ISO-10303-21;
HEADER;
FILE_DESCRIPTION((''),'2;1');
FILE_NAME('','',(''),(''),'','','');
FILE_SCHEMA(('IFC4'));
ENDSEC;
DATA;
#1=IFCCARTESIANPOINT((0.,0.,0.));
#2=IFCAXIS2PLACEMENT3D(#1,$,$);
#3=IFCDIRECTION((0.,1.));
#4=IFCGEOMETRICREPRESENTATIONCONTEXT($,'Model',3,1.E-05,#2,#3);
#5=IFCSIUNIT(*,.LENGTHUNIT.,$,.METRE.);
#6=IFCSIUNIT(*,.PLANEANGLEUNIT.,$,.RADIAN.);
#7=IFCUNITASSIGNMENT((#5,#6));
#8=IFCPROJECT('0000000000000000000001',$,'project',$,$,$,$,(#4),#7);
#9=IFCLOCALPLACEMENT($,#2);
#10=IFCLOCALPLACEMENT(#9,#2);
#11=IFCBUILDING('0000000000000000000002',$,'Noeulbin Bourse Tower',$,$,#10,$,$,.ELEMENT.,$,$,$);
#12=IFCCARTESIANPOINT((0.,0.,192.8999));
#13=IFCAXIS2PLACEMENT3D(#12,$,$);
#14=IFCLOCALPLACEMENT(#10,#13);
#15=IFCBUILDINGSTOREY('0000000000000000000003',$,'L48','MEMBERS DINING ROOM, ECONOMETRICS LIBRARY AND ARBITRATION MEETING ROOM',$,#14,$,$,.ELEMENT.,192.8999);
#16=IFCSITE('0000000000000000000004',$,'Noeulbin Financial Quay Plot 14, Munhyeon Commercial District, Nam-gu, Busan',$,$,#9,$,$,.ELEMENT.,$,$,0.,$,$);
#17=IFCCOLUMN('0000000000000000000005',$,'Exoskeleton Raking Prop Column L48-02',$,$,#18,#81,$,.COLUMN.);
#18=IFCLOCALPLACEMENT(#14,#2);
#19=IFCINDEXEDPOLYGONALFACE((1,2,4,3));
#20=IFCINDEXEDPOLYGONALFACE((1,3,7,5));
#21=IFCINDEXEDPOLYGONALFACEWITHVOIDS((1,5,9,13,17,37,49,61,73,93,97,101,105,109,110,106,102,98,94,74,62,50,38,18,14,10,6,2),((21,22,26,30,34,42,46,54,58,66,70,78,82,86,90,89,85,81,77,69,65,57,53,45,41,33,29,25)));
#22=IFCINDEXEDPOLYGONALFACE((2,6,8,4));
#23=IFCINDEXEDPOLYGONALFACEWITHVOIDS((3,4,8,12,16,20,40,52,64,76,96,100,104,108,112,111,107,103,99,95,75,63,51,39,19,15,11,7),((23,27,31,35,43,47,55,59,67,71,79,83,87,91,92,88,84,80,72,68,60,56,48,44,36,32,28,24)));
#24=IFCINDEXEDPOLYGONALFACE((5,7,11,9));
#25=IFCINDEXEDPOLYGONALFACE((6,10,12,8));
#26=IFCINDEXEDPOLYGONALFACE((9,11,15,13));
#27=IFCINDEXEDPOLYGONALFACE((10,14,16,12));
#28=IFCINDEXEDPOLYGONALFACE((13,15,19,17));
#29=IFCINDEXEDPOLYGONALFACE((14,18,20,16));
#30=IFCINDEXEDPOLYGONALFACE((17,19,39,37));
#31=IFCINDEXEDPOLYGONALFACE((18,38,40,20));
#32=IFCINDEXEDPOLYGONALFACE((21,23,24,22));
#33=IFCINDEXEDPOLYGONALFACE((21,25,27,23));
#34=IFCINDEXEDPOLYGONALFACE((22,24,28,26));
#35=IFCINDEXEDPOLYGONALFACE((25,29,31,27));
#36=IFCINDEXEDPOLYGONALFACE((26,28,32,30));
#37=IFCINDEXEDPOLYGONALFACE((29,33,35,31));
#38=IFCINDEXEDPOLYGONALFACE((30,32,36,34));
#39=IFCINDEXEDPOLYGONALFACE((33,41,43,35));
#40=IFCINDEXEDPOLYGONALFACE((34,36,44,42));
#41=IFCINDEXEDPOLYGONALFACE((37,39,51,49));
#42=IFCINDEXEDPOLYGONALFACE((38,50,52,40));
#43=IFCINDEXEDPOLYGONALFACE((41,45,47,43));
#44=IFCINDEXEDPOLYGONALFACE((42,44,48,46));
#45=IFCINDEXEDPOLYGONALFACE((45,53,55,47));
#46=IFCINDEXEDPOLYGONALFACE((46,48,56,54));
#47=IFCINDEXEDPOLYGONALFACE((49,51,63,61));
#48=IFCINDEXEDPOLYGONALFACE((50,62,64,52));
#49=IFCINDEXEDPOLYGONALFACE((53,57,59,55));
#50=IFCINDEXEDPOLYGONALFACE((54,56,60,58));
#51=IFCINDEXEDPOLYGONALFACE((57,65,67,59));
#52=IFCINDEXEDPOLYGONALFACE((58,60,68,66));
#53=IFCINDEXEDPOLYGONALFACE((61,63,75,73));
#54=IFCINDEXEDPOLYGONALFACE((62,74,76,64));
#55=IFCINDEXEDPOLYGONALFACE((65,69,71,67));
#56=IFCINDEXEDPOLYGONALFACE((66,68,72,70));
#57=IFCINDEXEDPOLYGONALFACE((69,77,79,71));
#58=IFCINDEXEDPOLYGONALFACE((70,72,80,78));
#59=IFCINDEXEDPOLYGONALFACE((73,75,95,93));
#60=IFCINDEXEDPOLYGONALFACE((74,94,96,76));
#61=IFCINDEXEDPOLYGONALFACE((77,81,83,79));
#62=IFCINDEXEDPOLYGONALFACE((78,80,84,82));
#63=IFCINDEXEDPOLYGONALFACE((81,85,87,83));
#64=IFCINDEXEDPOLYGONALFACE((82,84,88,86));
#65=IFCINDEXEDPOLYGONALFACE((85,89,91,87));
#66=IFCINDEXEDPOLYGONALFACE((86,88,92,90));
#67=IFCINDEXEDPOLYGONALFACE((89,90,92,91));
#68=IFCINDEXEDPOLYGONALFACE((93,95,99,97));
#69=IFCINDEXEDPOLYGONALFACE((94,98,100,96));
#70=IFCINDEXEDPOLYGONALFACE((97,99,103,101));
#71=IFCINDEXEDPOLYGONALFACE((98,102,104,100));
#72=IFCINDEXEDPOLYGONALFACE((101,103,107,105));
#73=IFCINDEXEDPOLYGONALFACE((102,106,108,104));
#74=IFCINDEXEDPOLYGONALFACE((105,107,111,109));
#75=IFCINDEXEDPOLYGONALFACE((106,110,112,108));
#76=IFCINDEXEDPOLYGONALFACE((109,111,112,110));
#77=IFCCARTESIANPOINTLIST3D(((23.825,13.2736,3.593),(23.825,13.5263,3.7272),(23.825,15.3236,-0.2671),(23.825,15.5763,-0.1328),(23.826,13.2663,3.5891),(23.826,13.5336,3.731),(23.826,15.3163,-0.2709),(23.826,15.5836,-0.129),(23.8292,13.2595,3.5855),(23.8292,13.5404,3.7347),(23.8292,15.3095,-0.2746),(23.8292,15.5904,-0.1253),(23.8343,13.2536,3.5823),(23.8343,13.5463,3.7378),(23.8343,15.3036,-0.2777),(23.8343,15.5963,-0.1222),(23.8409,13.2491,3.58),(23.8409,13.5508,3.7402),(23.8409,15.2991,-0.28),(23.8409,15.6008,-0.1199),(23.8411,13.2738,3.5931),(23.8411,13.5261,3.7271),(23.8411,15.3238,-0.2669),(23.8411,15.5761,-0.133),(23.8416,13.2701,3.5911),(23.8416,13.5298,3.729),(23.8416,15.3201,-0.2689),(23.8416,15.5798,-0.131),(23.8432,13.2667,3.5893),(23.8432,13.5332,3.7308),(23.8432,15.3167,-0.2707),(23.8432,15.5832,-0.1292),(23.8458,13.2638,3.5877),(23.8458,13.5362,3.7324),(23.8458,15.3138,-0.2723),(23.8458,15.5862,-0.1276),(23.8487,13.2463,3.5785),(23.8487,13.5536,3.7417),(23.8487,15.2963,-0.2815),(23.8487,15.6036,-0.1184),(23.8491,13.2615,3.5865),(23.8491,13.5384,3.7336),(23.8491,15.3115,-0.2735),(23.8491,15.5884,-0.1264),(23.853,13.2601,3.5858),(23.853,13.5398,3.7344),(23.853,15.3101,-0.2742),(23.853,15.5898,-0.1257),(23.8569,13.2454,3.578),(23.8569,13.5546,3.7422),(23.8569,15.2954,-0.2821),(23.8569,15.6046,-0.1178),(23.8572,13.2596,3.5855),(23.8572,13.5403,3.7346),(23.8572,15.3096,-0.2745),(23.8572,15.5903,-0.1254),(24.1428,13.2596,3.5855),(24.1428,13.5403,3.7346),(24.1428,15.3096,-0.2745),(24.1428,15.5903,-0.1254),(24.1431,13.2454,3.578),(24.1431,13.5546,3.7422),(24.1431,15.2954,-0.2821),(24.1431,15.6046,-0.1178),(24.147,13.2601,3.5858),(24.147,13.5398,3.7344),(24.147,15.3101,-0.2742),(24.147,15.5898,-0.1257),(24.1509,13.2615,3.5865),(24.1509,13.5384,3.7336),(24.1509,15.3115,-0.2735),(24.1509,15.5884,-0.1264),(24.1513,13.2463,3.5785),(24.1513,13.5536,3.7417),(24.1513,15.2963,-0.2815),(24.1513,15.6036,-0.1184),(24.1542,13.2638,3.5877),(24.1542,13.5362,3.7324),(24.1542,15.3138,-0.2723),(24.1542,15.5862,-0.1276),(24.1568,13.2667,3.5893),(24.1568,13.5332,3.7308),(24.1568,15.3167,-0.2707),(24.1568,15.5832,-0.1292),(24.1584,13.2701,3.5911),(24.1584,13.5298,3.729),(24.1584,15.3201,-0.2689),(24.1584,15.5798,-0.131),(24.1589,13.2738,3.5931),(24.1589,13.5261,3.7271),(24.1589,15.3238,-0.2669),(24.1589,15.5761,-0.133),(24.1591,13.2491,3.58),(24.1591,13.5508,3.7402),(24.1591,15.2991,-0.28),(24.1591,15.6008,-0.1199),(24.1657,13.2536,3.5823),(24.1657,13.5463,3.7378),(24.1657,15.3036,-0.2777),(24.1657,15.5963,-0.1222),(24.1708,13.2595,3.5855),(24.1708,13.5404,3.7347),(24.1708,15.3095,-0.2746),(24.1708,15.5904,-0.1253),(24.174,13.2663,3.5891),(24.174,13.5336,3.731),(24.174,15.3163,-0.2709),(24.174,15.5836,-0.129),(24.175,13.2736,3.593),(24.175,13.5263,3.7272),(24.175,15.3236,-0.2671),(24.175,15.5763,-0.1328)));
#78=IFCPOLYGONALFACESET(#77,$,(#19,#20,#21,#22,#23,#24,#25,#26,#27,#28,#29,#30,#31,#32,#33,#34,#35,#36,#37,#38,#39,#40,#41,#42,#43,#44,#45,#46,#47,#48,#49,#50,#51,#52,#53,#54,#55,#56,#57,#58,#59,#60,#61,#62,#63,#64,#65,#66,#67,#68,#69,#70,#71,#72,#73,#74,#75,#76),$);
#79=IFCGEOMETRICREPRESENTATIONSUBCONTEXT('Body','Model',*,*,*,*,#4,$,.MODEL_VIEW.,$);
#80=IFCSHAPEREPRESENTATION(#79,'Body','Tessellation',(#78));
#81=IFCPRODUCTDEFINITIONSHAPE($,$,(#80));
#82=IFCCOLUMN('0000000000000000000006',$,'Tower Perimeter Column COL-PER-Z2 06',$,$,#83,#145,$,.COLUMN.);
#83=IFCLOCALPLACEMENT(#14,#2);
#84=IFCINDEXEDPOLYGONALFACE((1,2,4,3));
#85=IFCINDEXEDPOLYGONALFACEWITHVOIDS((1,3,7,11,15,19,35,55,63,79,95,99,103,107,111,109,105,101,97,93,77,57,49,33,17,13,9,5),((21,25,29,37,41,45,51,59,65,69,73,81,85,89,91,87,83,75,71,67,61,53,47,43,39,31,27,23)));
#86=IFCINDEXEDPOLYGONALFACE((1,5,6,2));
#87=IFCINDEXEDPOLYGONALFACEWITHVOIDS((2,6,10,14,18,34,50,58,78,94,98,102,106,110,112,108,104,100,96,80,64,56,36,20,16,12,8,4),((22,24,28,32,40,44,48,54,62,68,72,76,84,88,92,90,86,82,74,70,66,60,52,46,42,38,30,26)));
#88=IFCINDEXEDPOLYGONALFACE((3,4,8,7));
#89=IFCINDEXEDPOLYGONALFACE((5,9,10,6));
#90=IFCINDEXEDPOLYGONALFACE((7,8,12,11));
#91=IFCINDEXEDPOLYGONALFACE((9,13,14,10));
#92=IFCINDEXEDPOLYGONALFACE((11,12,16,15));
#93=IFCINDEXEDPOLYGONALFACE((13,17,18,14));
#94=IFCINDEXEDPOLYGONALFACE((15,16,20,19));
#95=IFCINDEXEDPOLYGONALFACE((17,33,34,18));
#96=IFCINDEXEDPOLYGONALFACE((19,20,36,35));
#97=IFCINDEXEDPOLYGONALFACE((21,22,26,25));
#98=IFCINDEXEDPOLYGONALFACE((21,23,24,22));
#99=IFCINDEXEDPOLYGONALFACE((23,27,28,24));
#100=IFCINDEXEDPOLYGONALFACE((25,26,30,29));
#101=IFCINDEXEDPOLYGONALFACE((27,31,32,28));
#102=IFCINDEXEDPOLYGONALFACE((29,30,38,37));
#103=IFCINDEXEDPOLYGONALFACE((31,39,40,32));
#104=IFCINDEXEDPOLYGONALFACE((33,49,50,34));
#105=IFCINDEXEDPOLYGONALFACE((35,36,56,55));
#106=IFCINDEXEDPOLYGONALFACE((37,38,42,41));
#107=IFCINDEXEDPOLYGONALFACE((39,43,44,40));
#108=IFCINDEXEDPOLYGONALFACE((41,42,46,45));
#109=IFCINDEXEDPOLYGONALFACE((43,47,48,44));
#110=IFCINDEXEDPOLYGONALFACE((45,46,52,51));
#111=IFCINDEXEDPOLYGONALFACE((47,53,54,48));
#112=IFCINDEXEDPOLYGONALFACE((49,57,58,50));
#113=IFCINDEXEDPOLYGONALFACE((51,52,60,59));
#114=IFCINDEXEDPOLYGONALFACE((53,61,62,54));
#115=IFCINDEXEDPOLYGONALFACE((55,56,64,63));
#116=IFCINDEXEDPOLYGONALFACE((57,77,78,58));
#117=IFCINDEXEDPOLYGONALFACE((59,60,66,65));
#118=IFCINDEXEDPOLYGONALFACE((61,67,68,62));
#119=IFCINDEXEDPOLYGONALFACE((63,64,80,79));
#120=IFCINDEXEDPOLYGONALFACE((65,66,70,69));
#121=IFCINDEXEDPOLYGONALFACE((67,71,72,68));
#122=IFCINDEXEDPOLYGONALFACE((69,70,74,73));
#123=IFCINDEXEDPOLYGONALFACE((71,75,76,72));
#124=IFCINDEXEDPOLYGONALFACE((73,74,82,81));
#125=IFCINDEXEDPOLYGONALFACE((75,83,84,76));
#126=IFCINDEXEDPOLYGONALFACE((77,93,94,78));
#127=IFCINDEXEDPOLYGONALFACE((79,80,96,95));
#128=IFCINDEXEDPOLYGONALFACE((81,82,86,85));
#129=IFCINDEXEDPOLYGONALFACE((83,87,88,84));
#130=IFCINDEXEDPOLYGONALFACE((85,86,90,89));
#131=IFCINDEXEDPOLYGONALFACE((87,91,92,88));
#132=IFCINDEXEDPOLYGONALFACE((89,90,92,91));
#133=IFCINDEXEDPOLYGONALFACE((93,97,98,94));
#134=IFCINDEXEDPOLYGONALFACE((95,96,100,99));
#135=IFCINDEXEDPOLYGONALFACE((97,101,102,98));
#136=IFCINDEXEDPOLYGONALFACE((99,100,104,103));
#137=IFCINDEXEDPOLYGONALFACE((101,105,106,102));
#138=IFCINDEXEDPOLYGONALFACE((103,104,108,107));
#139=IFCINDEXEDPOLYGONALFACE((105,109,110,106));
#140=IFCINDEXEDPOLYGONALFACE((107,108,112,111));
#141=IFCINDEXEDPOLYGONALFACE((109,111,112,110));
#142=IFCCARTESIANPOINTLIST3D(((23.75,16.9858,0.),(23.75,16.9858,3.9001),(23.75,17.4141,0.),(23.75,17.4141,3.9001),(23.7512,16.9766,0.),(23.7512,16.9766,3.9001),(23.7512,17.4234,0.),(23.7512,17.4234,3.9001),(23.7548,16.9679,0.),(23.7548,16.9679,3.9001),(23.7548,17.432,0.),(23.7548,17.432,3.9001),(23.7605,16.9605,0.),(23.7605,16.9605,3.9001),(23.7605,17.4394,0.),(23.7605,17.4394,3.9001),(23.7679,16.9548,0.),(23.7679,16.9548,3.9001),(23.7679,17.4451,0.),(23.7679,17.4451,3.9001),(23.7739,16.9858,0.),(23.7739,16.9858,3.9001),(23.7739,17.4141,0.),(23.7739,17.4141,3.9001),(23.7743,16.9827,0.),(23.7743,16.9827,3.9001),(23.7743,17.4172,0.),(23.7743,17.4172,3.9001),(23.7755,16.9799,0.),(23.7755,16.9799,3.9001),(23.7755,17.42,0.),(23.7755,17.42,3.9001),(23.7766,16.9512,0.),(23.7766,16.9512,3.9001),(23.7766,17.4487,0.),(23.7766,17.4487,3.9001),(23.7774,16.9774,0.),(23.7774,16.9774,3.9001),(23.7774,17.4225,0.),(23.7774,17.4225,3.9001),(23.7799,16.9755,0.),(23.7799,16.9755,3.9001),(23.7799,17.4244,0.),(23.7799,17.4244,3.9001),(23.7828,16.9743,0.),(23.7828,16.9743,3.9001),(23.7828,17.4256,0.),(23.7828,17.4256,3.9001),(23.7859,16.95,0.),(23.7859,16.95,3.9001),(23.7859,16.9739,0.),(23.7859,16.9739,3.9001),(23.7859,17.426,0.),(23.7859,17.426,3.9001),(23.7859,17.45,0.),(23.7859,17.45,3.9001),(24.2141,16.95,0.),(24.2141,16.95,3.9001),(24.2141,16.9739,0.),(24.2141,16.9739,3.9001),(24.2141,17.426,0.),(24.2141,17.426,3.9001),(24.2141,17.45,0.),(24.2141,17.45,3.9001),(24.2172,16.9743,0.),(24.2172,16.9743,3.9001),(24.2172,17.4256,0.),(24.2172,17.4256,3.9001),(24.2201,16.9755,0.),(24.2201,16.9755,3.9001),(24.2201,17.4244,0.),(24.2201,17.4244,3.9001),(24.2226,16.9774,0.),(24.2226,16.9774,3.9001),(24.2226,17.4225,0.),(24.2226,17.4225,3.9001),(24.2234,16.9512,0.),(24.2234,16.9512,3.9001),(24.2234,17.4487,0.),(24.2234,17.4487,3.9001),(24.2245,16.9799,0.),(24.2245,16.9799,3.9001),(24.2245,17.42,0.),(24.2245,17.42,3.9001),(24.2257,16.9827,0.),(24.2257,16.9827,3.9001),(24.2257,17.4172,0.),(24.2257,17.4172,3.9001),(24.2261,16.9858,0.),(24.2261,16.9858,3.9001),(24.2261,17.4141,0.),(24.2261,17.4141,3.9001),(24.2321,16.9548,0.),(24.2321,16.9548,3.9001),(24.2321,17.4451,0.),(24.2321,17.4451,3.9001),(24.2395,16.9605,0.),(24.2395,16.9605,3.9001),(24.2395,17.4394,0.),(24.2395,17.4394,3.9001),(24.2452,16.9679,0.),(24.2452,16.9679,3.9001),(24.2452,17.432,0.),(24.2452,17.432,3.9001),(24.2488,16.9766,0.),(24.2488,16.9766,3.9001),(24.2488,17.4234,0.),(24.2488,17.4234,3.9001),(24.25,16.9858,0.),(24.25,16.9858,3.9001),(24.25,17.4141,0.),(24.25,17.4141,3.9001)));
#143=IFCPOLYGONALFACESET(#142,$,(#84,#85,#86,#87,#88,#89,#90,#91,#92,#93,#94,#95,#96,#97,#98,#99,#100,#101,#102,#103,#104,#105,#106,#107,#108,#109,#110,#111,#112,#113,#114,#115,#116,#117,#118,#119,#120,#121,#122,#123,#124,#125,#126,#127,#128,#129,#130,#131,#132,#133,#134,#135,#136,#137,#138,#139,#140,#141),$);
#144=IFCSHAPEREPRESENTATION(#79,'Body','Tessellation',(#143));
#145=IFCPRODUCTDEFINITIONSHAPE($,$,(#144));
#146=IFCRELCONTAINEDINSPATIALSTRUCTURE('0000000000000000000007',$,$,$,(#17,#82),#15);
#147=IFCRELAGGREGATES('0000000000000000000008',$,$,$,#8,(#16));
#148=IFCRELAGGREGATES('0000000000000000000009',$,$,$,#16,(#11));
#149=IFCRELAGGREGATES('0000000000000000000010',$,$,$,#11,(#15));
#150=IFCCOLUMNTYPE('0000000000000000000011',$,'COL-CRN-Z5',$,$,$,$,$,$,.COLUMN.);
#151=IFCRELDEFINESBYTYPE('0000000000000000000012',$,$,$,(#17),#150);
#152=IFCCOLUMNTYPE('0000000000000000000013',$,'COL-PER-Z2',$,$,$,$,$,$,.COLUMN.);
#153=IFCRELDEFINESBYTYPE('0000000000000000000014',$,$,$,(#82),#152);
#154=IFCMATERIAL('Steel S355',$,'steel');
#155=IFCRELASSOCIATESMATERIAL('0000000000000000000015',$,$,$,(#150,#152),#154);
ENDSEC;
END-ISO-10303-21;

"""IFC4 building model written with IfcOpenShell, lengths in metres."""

from ifc_helpers import new_model, si_unit, direction, frame, origin, origin_2d, place, context, subcontext, project, spatial, hollow_rectangle, extrude, material, material_profile, profile_set, type_object, element, save


model = new_model("IFC4")

# Units and contexts
model_context = context("Model", 3, precision=1e-05, world=origin(), true_north=direction((0.0, 1.0)))
body_context = subcontext(model_context, "Body", "Model", "MODEL_VIEW")
ifc_project = project(units=[si_unit("LENGTHUNIT", "METRE"), si_unit("PLANEANGLEUNIT", "RADIAN")], contexts=[model_context])

# Site, building, storey
site_placement = place(None, origin())
site = spatial("IfcSite", under=ifc_project, at=site_placement, Name="Noeulbin Financial Quay Plot 14, Munhyeon Commercial District, Nam-gu, Busan", CompositionType="ELEMENT", RefElevation=0.0)
building_placement = place(site_placement, origin())
building = spatial("IfcBuilding", under=site, at=building_placement, Name="Noeulbin Bourse Tower", CompositionType="ELEMENT")
storey_placement = place(building_placement, frame((0.0, 0.0, 192.8999)))
storey = spatial("IfcBuildingStorey", under=building, at=storey_placement, Name="L48", Description="MEMBERS DINING ROOM, ECONOMETRICS LIBRARY AND ARBITRATION MEETING ROOM", CompositionType="ELEMENT", Elevation=192.8999)

# Columns
ifc_material_1 = material(Name="Steel S355", Category="steel")
ifc_material_profile_1 = material_profile(ifc_material_1, hollow_rectangle(XDim=0.3501, YDim=0.3501, WallThickness=0.0161, InnerFilletRadius=0.0161, OuterFilletRadius=0.032, at=origin_2d()), Name="SHS-350x350x16", Category="LoadBearing")
ifc_profile_set_1 = profile_set([ifc_material_profile_1], Name="Steel S355")
column_type_1 = type_object("IfcColumnType", Name="COL-CRN-Z5", PredefinedType="COLUMN", material=ifc_profile_set_1)
column_1_placement = place(storey_placement, frame((24.0, 15.45, -0.2), z_axis=(0.0, -0.469042, 0.883176), x_axis=(1.0, 0.0, 0.0)))
element("IfcColumn", 1, at=column_1_placement, inside=storey, type_object=column_type_1, Name="Exoskeleton Raking Prop Column L48-02", PredefinedType="COLUMN", context=body_context, shape_type="SweptSolid", body=[
    extrude(hollow_rectangle(XDim=0.3501, YDim=0.3501, WallThickness=0.0161, InnerFilletRadius=0.0161, OuterFilletRadius=0.032, at=origin_2d()), origin(), (0.0, 0.0, 1.0), 4.3706),
])
ifc_material_profile_2 = material_profile(ifc_material_1, hollow_rectangle(XDim=0.5, YDim=0.5, WallThickness=0.0239, InnerFilletRadius=0.012, OuterFilletRadius=0.0359, at=origin_2d()), Name="BOX-500x500x24", Category="LoadBearing")
ifc_profile_set_2 = profile_set([ifc_material_profile_2], Name="Steel S355")
column_type_2 = type_object("IfcColumnType", Name="COL-PER-Z2", PredefinedType="COLUMN", material=ifc_profile_set_2)
column_2_placement = place(storey_placement, frame((24.0, 17.2, 0.0), z_axis=(0.0, 0.0, 1.0), x_axis=(1.0, 0.0, 0.0)))
element("IfcColumn", 2, at=column_2_placement, inside=storey, type_object=column_type_2, Name="Tower Perimeter Column COL-PER-Z2 06", PredefinedType="COLUMN", context=body_context, shape_type="SweptSolid", body=[
    extrude(hollow_rectangle(XDim=0.5, YDim=0.5, WallThickness=0.0239, InnerFilletRadius=0.012, OuterFilletRadius=0.0359, at=origin_2d()), origin(), (0.0, 0.0, 1.0), 3.9001),
])

save(model, "model.ifc")
